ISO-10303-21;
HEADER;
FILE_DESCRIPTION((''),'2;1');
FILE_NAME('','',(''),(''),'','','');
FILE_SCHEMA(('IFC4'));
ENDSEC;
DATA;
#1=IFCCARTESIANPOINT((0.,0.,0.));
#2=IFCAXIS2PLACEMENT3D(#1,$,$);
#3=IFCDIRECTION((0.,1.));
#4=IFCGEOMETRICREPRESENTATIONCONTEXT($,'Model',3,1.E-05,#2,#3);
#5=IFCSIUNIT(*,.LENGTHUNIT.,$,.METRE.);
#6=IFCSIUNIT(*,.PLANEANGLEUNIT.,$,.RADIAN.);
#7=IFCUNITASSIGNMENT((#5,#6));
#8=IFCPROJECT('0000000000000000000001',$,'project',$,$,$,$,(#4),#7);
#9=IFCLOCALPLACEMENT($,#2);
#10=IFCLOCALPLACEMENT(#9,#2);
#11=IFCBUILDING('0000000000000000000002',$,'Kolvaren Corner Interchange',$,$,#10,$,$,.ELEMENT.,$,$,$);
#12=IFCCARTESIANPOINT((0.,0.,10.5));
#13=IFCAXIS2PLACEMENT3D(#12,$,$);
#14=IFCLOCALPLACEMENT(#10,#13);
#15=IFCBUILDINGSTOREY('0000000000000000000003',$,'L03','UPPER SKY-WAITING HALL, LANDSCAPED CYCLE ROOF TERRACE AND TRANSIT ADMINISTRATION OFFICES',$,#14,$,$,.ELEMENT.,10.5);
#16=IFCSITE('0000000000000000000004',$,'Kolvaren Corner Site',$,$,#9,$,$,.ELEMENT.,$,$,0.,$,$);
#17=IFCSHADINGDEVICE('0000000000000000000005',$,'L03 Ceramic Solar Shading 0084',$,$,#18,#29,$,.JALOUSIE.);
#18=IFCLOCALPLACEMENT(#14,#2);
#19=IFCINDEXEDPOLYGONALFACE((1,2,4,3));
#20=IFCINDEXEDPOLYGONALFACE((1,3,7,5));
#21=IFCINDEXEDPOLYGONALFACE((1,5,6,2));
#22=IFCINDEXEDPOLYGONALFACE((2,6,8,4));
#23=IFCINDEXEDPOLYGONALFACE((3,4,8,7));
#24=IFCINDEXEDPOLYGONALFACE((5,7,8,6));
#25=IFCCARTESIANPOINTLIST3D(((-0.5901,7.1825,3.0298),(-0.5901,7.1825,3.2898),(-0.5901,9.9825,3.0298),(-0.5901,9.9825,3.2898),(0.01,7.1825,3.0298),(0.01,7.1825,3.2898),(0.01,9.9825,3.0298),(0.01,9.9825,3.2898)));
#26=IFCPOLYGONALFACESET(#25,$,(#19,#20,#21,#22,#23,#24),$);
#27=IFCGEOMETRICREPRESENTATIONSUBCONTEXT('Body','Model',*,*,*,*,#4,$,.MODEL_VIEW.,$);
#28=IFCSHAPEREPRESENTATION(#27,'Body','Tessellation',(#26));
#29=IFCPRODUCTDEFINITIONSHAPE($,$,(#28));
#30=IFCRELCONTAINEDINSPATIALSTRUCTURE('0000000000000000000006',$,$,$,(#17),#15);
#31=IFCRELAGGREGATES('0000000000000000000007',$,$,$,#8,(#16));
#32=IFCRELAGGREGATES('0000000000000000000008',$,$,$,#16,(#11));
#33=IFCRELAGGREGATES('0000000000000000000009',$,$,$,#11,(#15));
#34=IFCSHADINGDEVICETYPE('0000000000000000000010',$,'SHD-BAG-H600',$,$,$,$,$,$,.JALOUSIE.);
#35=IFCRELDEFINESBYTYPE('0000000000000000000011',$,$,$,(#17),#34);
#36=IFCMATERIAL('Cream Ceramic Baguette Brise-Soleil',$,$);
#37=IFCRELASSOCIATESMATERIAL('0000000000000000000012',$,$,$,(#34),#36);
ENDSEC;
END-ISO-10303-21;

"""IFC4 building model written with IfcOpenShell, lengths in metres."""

from ifc_helpers import new_model, si_unit, direction, frame, origin, origin_2d, place, context, subcontext, project, spatial, rectangle, extrude, material, type_object, element, save


model = new_model("IFC4")

# Units and contexts
model_context = context("Model", 3, precision=1e-05, world=origin(), true_north=direction((0.0, 1.0)))
body_context = subcontext(model_context, "Body", "Model", "MODEL_VIEW")
ifc_project = project(units=[si_unit("LENGTHUNIT", "METRE"), si_unit("PLANEANGLEUNIT", "RADIAN")], contexts=[model_context])

# Site, building, storey
site_placement = place(None, origin())
site = spatial("IfcSite", under=ifc_project, at=site_placement, Name="Kolvaren Corner Site", CompositionType="ELEMENT", RefElevation=0.0)
building_placement = place(site_placement, origin())
building = spatial("IfcBuilding", under=site, at=building_placement, Name="Kolvaren Corner Interchange", CompositionType="ELEMENT")
storey_placement = place(building_placement, frame((0.0, 0.0, 10.5)))
storey = spatial("IfcBuildingStorey", under=building, at=storey_placement, Name="L03", Description="UPPER SKY-WAITING HALL, LANDSCAPED CYCLE ROOF TERRACE AND TRANSIT ADMINISTRATION OFFICES", CompositionType="ELEMENT", Elevation=10.5)

# Shading device
ifc_material_1 = material(Name="Cream Ceramic Baguette Brise-Soleil")
shading_device_type = type_object("IfcShadingDeviceType", Name="SHD-BAG-H600", PredefinedType="JALOUSIE", material=ifc_material_1)
for number, where, z_axis, x_axis, name in (
    (1, (-0.29, 8.5825, 3.0298), (0.0, 0.0, 1.0), (0.0, -1.0, 0.0), "L03 Ceramic Solar Shading 0084"),
):
    element("IfcShadingDevice", number, at=place(storey_placement, frame(where, z_axis=z_axis, x_axis=x_axis)), inside=storey, type_object=shading_device_type, Name=name, PredefinedType="JALOUSIE", context=body_context, shape_type="SweptSolid", body=[
        extrude(rectangle(XDim=2.8, YDim=0.6001, at=origin_2d()), origin(), (0.0, 0.0, 1.0), 0.26),
    ])

save(model, "model.ifc")
